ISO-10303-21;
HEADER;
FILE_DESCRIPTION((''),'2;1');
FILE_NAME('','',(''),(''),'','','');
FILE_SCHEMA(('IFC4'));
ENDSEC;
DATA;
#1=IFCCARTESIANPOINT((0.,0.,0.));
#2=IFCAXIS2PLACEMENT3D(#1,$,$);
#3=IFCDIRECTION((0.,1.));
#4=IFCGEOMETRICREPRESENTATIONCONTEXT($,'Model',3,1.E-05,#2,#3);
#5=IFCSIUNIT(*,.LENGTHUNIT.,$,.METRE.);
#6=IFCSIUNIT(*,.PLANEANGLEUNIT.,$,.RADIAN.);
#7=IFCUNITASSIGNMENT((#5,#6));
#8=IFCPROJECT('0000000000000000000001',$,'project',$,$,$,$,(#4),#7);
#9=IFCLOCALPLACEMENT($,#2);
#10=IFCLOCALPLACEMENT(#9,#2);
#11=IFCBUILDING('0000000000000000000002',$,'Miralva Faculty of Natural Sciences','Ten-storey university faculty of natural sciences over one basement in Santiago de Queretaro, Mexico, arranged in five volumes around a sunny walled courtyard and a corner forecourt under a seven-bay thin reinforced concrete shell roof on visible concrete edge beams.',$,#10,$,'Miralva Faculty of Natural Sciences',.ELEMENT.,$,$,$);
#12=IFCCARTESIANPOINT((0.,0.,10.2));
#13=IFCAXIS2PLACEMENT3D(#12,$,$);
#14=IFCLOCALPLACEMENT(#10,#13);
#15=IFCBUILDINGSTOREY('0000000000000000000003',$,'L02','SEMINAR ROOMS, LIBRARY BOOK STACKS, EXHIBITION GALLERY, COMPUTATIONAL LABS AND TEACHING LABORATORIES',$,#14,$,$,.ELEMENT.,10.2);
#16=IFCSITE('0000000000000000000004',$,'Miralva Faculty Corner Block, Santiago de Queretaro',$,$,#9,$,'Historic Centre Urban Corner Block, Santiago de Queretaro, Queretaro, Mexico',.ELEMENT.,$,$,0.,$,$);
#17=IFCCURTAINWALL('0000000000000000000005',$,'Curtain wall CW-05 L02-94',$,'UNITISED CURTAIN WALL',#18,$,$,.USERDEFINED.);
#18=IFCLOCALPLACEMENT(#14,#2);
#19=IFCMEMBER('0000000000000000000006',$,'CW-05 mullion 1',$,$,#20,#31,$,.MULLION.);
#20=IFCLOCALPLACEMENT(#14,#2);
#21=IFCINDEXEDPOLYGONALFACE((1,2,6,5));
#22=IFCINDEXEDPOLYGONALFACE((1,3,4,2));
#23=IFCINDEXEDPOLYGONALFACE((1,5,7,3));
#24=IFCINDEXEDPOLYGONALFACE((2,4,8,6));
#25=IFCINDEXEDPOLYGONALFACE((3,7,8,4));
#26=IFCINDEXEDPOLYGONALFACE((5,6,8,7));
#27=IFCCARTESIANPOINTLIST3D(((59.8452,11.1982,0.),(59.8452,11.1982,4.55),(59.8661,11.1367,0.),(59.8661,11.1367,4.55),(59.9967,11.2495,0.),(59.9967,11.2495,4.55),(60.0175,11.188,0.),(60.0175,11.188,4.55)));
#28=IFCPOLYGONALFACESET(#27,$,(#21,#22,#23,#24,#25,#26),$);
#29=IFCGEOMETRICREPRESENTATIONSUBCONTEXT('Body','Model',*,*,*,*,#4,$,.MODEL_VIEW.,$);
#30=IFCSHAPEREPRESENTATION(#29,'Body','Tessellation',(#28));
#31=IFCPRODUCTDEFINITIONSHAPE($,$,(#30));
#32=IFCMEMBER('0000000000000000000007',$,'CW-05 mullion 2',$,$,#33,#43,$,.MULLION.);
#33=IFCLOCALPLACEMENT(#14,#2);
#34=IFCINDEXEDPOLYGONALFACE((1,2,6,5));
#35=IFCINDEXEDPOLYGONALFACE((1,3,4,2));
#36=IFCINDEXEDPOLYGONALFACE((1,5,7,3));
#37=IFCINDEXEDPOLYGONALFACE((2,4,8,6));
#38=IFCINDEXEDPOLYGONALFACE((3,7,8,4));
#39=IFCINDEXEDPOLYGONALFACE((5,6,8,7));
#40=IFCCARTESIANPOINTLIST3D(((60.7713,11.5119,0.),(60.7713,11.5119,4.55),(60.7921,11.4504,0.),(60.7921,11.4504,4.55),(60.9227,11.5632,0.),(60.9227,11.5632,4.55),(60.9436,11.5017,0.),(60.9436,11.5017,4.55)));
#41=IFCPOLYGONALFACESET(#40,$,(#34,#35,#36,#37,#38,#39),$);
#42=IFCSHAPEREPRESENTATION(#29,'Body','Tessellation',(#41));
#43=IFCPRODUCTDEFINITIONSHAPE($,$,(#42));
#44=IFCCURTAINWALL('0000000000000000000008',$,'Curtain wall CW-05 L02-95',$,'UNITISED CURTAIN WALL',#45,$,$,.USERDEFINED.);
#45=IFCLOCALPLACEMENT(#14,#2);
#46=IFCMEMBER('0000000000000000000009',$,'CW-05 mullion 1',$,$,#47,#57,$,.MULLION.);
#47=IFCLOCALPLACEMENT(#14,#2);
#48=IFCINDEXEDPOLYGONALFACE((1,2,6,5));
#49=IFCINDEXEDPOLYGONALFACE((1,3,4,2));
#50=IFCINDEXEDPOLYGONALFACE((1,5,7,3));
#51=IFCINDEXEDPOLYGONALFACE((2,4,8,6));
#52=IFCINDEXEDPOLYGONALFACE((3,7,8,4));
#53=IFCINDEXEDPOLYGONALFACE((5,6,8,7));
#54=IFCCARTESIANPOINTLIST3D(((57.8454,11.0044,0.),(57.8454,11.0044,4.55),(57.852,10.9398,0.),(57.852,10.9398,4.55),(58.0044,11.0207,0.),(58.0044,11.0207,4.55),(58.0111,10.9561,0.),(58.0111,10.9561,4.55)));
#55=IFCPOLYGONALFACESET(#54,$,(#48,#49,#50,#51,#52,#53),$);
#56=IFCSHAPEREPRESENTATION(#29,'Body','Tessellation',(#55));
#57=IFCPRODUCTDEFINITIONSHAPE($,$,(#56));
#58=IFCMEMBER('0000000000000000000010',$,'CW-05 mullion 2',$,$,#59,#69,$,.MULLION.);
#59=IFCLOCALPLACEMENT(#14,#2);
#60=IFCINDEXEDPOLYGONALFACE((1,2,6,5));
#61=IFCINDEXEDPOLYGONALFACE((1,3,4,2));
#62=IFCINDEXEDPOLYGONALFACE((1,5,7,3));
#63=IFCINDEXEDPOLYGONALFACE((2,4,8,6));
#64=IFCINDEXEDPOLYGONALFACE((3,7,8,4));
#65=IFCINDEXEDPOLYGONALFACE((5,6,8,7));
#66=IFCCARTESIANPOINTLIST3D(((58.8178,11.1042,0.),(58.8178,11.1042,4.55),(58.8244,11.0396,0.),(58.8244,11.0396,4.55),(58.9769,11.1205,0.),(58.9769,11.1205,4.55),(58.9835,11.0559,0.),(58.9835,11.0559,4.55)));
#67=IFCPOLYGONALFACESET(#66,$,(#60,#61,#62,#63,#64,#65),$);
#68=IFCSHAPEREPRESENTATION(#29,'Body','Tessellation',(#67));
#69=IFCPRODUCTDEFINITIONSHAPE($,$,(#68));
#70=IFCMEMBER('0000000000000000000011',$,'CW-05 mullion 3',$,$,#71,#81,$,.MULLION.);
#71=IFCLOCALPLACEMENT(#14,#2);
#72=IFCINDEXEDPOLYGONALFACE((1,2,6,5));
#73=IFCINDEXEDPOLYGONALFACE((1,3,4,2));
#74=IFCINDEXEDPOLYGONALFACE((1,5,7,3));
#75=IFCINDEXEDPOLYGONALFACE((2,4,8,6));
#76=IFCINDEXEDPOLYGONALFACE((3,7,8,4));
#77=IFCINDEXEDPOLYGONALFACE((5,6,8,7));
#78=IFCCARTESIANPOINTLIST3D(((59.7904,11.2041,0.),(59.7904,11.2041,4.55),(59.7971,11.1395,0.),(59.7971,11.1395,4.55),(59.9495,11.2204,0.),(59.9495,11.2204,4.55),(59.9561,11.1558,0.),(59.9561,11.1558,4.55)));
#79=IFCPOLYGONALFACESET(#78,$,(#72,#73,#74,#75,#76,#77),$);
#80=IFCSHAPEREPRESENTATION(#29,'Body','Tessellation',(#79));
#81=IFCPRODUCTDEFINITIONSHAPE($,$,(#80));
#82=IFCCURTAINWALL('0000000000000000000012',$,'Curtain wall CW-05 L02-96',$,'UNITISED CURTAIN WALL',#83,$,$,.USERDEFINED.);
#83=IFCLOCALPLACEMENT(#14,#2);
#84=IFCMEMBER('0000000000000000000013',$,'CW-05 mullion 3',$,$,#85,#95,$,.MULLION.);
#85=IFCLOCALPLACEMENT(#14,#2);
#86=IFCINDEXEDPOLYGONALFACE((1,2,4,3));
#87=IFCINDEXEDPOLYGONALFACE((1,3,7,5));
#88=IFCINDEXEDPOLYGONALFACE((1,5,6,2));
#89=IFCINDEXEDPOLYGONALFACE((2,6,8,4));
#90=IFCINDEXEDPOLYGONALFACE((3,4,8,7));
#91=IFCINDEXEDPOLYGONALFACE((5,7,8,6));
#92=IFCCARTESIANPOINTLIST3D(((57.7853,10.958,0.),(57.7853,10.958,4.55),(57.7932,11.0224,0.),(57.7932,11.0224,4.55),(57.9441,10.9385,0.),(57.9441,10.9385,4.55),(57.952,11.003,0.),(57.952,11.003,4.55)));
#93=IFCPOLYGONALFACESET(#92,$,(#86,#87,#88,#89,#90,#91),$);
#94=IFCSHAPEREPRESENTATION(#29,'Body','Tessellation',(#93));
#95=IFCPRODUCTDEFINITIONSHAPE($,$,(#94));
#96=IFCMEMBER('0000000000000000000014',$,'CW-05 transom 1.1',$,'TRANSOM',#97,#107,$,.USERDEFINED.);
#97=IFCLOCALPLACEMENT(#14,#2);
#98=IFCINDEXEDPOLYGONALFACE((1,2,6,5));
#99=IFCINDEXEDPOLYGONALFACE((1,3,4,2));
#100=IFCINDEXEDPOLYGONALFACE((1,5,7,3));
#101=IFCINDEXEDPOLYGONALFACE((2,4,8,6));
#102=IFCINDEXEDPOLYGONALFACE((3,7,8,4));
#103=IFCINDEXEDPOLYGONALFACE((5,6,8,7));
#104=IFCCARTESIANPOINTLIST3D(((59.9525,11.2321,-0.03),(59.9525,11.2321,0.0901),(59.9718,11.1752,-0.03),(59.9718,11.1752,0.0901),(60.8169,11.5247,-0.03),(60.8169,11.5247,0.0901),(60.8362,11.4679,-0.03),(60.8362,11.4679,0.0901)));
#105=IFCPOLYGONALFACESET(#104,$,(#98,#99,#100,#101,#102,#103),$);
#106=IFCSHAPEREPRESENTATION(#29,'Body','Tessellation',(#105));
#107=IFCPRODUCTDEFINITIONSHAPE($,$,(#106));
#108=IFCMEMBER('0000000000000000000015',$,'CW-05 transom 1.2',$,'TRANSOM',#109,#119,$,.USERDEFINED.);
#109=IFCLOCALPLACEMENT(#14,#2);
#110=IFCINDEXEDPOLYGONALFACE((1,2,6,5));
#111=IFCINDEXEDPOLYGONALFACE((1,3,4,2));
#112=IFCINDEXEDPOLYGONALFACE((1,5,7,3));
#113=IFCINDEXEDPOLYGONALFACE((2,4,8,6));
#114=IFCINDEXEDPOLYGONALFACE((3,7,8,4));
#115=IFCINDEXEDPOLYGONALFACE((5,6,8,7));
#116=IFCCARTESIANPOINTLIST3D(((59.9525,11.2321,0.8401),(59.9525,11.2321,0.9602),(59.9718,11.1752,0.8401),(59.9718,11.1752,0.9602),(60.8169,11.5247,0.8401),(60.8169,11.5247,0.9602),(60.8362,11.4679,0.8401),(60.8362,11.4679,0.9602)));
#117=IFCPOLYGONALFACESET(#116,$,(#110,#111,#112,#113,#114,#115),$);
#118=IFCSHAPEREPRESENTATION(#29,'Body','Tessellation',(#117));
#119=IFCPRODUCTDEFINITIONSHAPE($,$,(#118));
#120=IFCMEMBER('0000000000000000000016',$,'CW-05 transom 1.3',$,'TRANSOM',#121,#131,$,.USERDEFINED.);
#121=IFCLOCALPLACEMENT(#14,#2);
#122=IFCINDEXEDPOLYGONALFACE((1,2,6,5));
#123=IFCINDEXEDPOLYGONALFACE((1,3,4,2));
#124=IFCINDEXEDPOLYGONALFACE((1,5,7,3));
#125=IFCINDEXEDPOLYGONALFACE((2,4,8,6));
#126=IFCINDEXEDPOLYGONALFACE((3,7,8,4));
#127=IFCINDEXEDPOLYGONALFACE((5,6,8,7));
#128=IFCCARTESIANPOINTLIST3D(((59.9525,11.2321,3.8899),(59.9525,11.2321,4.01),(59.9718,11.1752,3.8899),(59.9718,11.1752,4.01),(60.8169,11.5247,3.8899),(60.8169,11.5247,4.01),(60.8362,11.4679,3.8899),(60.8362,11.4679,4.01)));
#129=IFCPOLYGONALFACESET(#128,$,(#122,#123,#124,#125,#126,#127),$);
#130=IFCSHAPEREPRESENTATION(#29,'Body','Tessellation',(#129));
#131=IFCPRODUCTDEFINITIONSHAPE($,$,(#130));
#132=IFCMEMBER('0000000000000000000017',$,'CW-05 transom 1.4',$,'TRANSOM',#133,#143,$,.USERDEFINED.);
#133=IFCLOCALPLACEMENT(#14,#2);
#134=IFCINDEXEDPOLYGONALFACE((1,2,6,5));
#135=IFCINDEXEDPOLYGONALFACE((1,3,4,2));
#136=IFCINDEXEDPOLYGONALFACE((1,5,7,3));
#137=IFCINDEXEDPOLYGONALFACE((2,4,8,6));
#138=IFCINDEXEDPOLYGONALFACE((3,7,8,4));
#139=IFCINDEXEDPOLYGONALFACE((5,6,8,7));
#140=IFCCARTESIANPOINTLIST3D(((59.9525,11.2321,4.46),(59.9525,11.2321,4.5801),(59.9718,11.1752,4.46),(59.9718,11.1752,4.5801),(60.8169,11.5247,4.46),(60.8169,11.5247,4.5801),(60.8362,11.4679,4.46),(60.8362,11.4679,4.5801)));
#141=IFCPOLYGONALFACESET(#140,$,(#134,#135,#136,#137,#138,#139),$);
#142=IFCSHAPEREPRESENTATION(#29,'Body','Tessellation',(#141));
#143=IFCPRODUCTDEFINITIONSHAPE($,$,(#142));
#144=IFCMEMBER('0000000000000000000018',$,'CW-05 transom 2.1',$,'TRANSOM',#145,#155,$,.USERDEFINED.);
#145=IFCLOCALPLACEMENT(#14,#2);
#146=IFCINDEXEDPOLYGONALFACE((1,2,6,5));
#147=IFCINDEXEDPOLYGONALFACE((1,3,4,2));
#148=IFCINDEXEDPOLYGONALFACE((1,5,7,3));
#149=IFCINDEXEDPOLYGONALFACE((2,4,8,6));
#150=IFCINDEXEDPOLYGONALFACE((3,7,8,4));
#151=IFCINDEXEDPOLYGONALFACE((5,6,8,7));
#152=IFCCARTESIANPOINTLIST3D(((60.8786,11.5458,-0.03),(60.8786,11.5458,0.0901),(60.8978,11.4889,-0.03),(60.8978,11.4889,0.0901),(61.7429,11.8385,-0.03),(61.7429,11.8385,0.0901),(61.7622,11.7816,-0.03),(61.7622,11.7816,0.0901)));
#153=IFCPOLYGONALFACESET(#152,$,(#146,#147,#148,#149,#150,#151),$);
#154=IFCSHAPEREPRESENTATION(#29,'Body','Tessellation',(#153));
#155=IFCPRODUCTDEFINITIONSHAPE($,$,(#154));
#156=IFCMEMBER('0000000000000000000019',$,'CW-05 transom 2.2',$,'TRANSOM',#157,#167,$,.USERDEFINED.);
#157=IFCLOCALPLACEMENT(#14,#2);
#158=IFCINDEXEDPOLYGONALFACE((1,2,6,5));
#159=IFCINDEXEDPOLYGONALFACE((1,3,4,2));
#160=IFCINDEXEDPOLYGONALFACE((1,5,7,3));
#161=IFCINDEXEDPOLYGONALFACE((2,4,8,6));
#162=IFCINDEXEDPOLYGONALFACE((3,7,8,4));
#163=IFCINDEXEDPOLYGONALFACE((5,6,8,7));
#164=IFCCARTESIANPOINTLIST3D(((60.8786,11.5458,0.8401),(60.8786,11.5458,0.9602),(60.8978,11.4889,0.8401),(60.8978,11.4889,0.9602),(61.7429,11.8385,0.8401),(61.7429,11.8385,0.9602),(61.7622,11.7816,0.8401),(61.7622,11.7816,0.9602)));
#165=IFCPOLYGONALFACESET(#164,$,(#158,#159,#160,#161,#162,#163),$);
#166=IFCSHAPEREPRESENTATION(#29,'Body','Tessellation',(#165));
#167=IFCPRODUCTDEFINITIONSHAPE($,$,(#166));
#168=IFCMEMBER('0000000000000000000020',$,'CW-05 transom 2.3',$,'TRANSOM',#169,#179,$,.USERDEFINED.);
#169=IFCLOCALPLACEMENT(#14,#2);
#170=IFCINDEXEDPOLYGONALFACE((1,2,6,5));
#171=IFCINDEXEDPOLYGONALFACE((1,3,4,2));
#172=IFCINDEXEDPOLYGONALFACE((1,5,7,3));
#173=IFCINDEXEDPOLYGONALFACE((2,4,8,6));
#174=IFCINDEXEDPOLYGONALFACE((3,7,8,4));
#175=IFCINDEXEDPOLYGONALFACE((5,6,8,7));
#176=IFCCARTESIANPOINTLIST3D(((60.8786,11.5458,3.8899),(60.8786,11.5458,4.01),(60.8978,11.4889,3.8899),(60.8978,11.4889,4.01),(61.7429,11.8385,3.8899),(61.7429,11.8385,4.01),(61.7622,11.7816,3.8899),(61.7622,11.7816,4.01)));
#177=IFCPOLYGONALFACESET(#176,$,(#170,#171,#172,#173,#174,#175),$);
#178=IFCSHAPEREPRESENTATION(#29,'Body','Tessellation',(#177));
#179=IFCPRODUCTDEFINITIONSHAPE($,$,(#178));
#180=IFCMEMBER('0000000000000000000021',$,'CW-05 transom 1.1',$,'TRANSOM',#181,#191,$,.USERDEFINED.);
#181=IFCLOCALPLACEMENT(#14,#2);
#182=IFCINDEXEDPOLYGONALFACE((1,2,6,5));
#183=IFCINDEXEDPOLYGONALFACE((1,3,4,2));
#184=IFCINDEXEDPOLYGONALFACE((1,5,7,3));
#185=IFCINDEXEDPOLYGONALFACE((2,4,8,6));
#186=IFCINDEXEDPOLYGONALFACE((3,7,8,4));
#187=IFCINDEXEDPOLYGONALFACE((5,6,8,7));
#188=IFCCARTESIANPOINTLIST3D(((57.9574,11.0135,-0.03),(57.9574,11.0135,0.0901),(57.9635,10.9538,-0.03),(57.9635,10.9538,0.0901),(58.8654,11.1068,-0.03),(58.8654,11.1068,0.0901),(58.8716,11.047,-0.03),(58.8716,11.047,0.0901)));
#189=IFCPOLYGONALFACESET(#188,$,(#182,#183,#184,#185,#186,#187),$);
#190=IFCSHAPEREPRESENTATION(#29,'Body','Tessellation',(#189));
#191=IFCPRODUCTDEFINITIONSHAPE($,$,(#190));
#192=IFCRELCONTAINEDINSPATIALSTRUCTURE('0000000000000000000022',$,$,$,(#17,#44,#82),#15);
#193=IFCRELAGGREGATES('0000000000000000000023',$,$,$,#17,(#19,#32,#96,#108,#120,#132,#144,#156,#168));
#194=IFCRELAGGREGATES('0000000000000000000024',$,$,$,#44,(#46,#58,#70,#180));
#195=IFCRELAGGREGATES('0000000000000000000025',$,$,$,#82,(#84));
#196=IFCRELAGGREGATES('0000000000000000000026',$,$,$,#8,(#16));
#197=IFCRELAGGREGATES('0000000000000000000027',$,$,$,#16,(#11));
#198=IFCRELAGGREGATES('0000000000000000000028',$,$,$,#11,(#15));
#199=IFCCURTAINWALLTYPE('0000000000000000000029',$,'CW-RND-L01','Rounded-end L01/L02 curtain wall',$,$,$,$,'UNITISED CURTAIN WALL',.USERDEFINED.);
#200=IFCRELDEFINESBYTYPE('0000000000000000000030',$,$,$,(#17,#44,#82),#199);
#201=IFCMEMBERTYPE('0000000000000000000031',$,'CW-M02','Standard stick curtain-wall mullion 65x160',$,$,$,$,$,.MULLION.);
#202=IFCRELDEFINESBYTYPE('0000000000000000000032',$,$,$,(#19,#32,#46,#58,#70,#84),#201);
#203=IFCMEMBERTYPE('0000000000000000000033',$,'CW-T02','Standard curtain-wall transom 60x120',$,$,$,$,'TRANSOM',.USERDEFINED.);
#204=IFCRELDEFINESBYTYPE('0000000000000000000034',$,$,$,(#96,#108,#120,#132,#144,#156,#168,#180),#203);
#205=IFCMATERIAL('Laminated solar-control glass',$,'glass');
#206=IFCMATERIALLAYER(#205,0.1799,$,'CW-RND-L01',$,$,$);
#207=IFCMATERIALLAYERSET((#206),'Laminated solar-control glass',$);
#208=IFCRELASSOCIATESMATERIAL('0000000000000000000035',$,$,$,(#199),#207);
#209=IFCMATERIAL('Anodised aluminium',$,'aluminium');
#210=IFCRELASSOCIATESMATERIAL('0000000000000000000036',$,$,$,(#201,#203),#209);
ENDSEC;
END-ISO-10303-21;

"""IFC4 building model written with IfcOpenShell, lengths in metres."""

from ifc_helpers import new_model, si_unit, direction, frame, origin, origin_2d, place, context, subcontext, project, spatial, rectangle, extrude, material, layer, layer_set, material_profile, profile_set, type_object, element, aggregate, save


model = new_model("IFC4")

# Units and contexts
model_context = context("Model", 3, precision=1e-05, world=origin(), true_north=direction((0.0, 1.0)))
body_context = subcontext(model_context, "Body", "Model", "MODEL_VIEW")
ifc_project = project(units=[si_unit("LENGTHUNIT", "METRE"), si_unit("PLANEANGLEUNIT", "RADIAN")], contexts=[model_context])

# Site, building, storey
site_placement = place(None, origin())
site = spatial("IfcSite", under=ifc_project, at=site_placement, Name="Miralva Faculty Corner Block, Santiago de Queretaro", LongName="Historic Centre Urban Corner Block, Santiago de Queretaro, Queretaro, Mexico", CompositionType="ELEMENT", RefElevation=0.0)
building_placement = place(site_placement, origin())
building = spatial("IfcBuilding", under=site, at=building_placement, Name="Miralva Faculty of Natural Sciences", Description="Ten-storey university faculty of natural sciences over one basement in Santiago de Queretaro, Mexico, arranged in five volumes around a sunny walled courtyard and a corner forecourt under a seven-bay thin reinforced concrete shell roof on visible concrete edge beams.", LongName="Miralva Faculty of Natural Sciences", CompositionType="ELEMENT")
storey_placement = place(building_placement, frame((0.0, 0.0, 10.2)))
storey = spatial("IfcBuildingStorey", under=building, at=storey_placement, Name="L02", Description="SEMINAR ROOMS, LIBRARY BOOK STACKS, EXHIBITION GALLERY, COMPUTATIONAL LABS AND TEACHING LABORATORIES", CompositionType="ELEMENT", Elevation=10.2)

# Curtain walls, members
ifc_material_1 = material(Name="Laminated solar-control glass", Category="glass")
ifc_layer_1 = layer(ifc_material_1, 0.1799, Name="CW-RND-L01")
ifc_layer_set_1 = layer_set([ifc_layer_1], Name="Laminated solar-control glass")
curtain_wall_type = type_object("IfcCurtainWallType", Name="CW-RND-L01", Description="Rounded-end L01/L02 curtain wall", ElementType="UNITISED CURTAIN WALL", PredefinedType="USERDEFINED", material=ifc_layer_set_1)
curtain_wall_1_placement = place(storey_placement, origin())
curtain_wall_1 = element("IfcCurtainWall", 1, at=curtain_wall_1_placement, inside=storey, type_object=curtain_wall_type, Name="Curtain wall CW-05 L02-94", ObjectType="UNITISED CURTAIN WALL", PredefinedType="USERDEFINED")
ifc_material_2 = material(Name="Anodised aluminium", Category="aluminium")
ifc_material_profile_1 = material_profile(ifc_material_2, rectangle(XDim=0.0649, YDim=0.1599, at=origin_2d()), Name="MULLION 65x160")
ifc_profile_set_1 = profile_set([ifc_material_profile_1], Name="Anodised aluminium")
member_type_1 = type_object("IfcMemberType", Name="CW-M02", Description="Standard stick curtain-wall mullion 65x160", PredefinedType="MULLION", material=ifc_profile_set_1)
member_1_placement = place(storey_placement, frame((59.9314, 11.1931, 0.0), z_axis=(0.0, 0.0, 1.0), x_axis=(-0.320842, 0.947133, 0.0)))
member_1 = element("IfcMember", 2, at=member_1_placement, type_object=member_type_1, Name="CW-05 mullion 1", PredefinedType="MULLION", context=body_context, shape_type="SweptSolid", body=[
    extrude(rectangle(XDim=0.0649, YDim=0.1599, at=origin_2d()), origin(), (0.0, 0.0, 1.0), 4.55),
])
member_2_placement = place(storey_placement, frame((60.8574, 11.5068, 0.0), z_axis=(0.0, 0.0, 1.0), x_axis=(-0.320842, 0.947133, 0.0)))
member_2 = element("IfcMember", 3, at=member_2_placement, type_object=member_type_1, Name="CW-05 mullion 2", PredefinedType="MULLION", context=body_context, shape_type="SweptSolid", body=[
    extrude(rectangle(XDim=0.0649, YDim=0.1599, at=origin_2d()), origin(), (0.0, 0.0, 1.0), 4.55),
])
curtain_wall_2_placement = place(storey_placement, origin())
curtain_wall_2 = element("IfcCurtainWall", 4, at=curtain_wall_2_placement, inside=storey, type_object=curtain_wall_type, Name="Curtain wall CW-05 L02-95", ObjectType="UNITISED CURTAIN WALL", PredefinedType="USERDEFINED")
member_3_placement = place(storey_placement, frame((57.9282, 10.9802, 0.0), z_axis=(0.0, 0.0, 1.0), x_axis=(-0.102056, 0.994779, 0.0)))
member_3 = element("IfcMember", 5, at=member_3_placement, type_object=member_type_1, Name="CW-05 mullion 1", PredefinedType="MULLION", context=body_context, shape_type="SweptSolid", body=[
    extrude(rectangle(XDim=0.0649, YDim=0.1599, at=origin_2d()), origin(), (0.0, 0.0, 1.0), 4.55),
])
member_4_placement = place(storey_placement, frame((58.9006, 11.0801, 0.0), z_axis=(0.0, 0.0, 1.0), x_axis=(-0.102056, 0.994779, 0.0)))
member_4 = element("IfcMember", 6, at=member_4_placement, type_object=member_type_1, Name="CW-05 mullion 2", PredefinedType="MULLION", context=body_context, shape_type="SweptSolid", body=[
    extrude(rectangle(XDim=0.0649, YDim=0.1599, at=origin_2d()), origin(), (0.0, 0.0, 1.0), 4.55),
])
member_5_placement = place(storey_placement, frame((59.8733, 11.1799, 0.0), z_axis=(0.0, 0.0, 1.0), x_axis=(-0.102056, 0.994779, 0.0)))
member_5 = element("IfcMember", 7, at=member_5_placement, type_object=member_type_1, Name="CW-05 mullion 3", PredefinedType="MULLION", context=body_context, shape_type="SweptSolid", body=[
    extrude(rectangle(XDim=0.0649, YDim=0.1599, at=origin_2d()), origin(), (0.0, 0.0, 1.0), 4.55),
])

# Curtain wall, member
curtain_wall_3_placement = place(storey_placement, origin())
curtain_wall_3 = element("IfcCurtainWall", 8, at=curtain_wall_3_placement, inside=storey, type_object=curtain_wall_type, Name="Curtain wall CW-05 L02-96", ObjectType="UNITISED CURTAIN WALL", PredefinedType="USERDEFINED")
member_6_placement = place(storey_placement, frame((57.8687, 10.9805, 0.0), z_axis=(0.0, 0.0, 1.0), x_axis=(0.12186, 0.992547, 0.0)))
member_6 = element("IfcMember", 9, at=member_6_placement, type_object=member_type_1, Name="CW-05 mullion 3", PredefinedType="MULLION", context=body_context, shape_type="SweptSolid", body=[
    extrude(rectangle(XDim=0.0649, YDim=0.1599, at=origin_2d()), origin(), (0.0, 0.0, 1.0), 4.55),
])

# Members
ifc_material_profile_2 = material_profile(ifc_material_2, rectangle(XDim=0.0601, YDim=0.1201, at=origin_2d()), Name="TRANSOM 60x120")
ifc_profile_set_2 = profile_set([ifc_material_profile_2], Name="Anodised aluminium")
member_type_2 = type_object("IfcMemberType", Name="CW-T02", Description="Standard curtain-wall transom 60x120", ElementType="TRANSOM", PredefinedType="USERDEFINED", material=ifc_profile_set_2)
member_7_placement = place(storey_placement, frame((59.9622, 11.2036, 0.03), z_axis=(0.947175, 0.320718, 0.0), x_axis=(-0.320718, 0.947175, 0.0)))
member_7 = element("IfcMember", 10, at=member_7_placement, type_object=member_type_2, Name="CW-05 transom 1.1", ObjectType="TRANSOM", PredefinedType="USERDEFINED", context=body_context, shape_type="SweptSolid", body=[
    extrude(rectangle(XDim=0.0601, YDim=0.1201, at=origin_2d()), origin(), (0.0, 0.0, 1.0), 0.9126),
])
member_8_placement = place(storey_placement, frame((59.9622, 11.2036, 0.9001), z_axis=(0.947175, 0.320718, 0.0), x_axis=(-0.320718, 0.947175, 0.0)))
member_8 = element("IfcMember", 11, at=member_8_placement, type_object=member_type_2, Name="CW-05 transom 1.2", ObjectType="TRANSOM", PredefinedType="USERDEFINED", context=body_context, shape_type="SweptSolid", body=[
    extrude(rectangle(XDim=0.0601, YDim=0.1201, at=origin_2d()), origin(), (0.0, 0.0, 1.0), 0.9126),
])
member_9_placement = place(storey_placement, frame((59.9622, 11.2036, 3.95), z_axis=(0.947175, 0.320718, 0.0), x_axis=(-0.320718, 0.947175, 0.0)))
member_9 = element("IfcMember", 12, at=member_9_placement, type_object=member_type_2, Name="CW-05 transom 1.3", ObjectType="TRANSOM", PredefinedType="USERDEFINED", context=body_context, shape_type="SweptSolid", body=[
    extrude(rectangle(XDim=0.0601, YDim=0.1201, at=origin_2d()), origin(), (0.0, 0.0, 1.0), 0.9126),
])
member_10_placement = place(storey_placement, frame((59.9622, 11.2036, 4.52), z_axis=(0.947175, 0.320718, 0.0), x_axis=(-0.320718, 0.947175, 0.0)))
member_10 = element("IfcMember", 13, at=member_10_placement, type_object=member_type_2, Name="CW-05 transom 1.4", ObjectType="TRANSOM", PredefinedType="USERDEFINED", context=body_context, shape_type="SweptSolid", body=[
    extrude(rectangle(XDim=0.0601, YDim=0.1201, at=origin_2d()), origin(), (0.0, 0.0, 1.0), 0.9126),
])
member_11_placement = place(storey_placement, frame((60.8882, 11.5173, 0.03), z_axis=(0.947175, 0.320718, 0.0), x_axis=(-0.320718, 0.947175, 0.0)))
member_11 = element("IfcMember", 14, at=member_11_placement, type_object=member_type_2, Name="CW-05 transom 2.1", ObjectType="TRANSOM", PredefinedType="USERDEFINED", context=body_context, shape_type="SweptSolid", body=[
    extrude(rectangle(XDim=0.0601, YDim=0.1201, at=origin_2d()), origin(), (0.0, 0.0, 1.0), 0.9126),
])
member_12_placement = place(storey_placement, frame((60.8882, 11.5173, 0.9001), z_axis=(0.947175, 0.320718, 0.0), x_axis=(-0.320718, 0.947175, 0.0)))
member_12 = element("IfcMember", 15, at=member_12_placement, type_object=member_type_2, Name="CW-05 transom 2.2", ObjectType="TRANSOM", PredefinedType="USERDEFINED", context=body_context, shape_type="SweptSolid", body=[
    extrude(rectangle(XDim=0.0601, YDim=0.1201, at=origin_2d()), origin(), (0.0, 0.0, 1.0), 0.9126),
])
member_13_placement = place(storey_placement, frame((60.8882, 11.5173, 3.95), z_axis=(0.947175, 0.320718, 0.0), x_axis=(-0.320718, 0.947175, 0.0)))
member_13 = element("IfcMember", 16, at=member_13_placement, type_object=member_type_2, Name="CW-05 transom 2.3", ObjectType="TRANSOM", PredefinedType="USERDEFINED", context=body_context, shape_type="SweptSolid", body=[
    extrude(rectangle(XDim=0.0601, YDim=0.1201, at=origin_2d()), origin(), (0.0, 0.0, 1.0), 0.9126),
])
member_14_placement = place(storey_placement, frame((57.9604, 10.9836, 0.03), z_axis=(0.994766, 0.102178, 0.0), x_axis=(-0.102178, 0.994766, 0.0)))
member_14 = element("IfcMember", 17, at=member_14_placement, type_object=member_type_2, Name="CW-05 transom 1.1", ObjectType="TRANSOM", PredefinedType="USERDEFINED", context=body_context, shape_type="SweptSolid", body=[
    extrude(rectangle(XDim=0.0601, YDim=0.1201, at=origin_2d()), origin(), (0.0, 0.0, 1.0), 0.9128),
])

aggregate(curtain_wall_1, [member_1, member_2, member_7, member_8, member_9, member_10, member_11, member_12, member_13])
aggregate(curtain_wall_2, [member_3, member_4, member_5, member_14])
aggregate(curtain_wall_3, [member_6])

save(model, "model.ifc")
